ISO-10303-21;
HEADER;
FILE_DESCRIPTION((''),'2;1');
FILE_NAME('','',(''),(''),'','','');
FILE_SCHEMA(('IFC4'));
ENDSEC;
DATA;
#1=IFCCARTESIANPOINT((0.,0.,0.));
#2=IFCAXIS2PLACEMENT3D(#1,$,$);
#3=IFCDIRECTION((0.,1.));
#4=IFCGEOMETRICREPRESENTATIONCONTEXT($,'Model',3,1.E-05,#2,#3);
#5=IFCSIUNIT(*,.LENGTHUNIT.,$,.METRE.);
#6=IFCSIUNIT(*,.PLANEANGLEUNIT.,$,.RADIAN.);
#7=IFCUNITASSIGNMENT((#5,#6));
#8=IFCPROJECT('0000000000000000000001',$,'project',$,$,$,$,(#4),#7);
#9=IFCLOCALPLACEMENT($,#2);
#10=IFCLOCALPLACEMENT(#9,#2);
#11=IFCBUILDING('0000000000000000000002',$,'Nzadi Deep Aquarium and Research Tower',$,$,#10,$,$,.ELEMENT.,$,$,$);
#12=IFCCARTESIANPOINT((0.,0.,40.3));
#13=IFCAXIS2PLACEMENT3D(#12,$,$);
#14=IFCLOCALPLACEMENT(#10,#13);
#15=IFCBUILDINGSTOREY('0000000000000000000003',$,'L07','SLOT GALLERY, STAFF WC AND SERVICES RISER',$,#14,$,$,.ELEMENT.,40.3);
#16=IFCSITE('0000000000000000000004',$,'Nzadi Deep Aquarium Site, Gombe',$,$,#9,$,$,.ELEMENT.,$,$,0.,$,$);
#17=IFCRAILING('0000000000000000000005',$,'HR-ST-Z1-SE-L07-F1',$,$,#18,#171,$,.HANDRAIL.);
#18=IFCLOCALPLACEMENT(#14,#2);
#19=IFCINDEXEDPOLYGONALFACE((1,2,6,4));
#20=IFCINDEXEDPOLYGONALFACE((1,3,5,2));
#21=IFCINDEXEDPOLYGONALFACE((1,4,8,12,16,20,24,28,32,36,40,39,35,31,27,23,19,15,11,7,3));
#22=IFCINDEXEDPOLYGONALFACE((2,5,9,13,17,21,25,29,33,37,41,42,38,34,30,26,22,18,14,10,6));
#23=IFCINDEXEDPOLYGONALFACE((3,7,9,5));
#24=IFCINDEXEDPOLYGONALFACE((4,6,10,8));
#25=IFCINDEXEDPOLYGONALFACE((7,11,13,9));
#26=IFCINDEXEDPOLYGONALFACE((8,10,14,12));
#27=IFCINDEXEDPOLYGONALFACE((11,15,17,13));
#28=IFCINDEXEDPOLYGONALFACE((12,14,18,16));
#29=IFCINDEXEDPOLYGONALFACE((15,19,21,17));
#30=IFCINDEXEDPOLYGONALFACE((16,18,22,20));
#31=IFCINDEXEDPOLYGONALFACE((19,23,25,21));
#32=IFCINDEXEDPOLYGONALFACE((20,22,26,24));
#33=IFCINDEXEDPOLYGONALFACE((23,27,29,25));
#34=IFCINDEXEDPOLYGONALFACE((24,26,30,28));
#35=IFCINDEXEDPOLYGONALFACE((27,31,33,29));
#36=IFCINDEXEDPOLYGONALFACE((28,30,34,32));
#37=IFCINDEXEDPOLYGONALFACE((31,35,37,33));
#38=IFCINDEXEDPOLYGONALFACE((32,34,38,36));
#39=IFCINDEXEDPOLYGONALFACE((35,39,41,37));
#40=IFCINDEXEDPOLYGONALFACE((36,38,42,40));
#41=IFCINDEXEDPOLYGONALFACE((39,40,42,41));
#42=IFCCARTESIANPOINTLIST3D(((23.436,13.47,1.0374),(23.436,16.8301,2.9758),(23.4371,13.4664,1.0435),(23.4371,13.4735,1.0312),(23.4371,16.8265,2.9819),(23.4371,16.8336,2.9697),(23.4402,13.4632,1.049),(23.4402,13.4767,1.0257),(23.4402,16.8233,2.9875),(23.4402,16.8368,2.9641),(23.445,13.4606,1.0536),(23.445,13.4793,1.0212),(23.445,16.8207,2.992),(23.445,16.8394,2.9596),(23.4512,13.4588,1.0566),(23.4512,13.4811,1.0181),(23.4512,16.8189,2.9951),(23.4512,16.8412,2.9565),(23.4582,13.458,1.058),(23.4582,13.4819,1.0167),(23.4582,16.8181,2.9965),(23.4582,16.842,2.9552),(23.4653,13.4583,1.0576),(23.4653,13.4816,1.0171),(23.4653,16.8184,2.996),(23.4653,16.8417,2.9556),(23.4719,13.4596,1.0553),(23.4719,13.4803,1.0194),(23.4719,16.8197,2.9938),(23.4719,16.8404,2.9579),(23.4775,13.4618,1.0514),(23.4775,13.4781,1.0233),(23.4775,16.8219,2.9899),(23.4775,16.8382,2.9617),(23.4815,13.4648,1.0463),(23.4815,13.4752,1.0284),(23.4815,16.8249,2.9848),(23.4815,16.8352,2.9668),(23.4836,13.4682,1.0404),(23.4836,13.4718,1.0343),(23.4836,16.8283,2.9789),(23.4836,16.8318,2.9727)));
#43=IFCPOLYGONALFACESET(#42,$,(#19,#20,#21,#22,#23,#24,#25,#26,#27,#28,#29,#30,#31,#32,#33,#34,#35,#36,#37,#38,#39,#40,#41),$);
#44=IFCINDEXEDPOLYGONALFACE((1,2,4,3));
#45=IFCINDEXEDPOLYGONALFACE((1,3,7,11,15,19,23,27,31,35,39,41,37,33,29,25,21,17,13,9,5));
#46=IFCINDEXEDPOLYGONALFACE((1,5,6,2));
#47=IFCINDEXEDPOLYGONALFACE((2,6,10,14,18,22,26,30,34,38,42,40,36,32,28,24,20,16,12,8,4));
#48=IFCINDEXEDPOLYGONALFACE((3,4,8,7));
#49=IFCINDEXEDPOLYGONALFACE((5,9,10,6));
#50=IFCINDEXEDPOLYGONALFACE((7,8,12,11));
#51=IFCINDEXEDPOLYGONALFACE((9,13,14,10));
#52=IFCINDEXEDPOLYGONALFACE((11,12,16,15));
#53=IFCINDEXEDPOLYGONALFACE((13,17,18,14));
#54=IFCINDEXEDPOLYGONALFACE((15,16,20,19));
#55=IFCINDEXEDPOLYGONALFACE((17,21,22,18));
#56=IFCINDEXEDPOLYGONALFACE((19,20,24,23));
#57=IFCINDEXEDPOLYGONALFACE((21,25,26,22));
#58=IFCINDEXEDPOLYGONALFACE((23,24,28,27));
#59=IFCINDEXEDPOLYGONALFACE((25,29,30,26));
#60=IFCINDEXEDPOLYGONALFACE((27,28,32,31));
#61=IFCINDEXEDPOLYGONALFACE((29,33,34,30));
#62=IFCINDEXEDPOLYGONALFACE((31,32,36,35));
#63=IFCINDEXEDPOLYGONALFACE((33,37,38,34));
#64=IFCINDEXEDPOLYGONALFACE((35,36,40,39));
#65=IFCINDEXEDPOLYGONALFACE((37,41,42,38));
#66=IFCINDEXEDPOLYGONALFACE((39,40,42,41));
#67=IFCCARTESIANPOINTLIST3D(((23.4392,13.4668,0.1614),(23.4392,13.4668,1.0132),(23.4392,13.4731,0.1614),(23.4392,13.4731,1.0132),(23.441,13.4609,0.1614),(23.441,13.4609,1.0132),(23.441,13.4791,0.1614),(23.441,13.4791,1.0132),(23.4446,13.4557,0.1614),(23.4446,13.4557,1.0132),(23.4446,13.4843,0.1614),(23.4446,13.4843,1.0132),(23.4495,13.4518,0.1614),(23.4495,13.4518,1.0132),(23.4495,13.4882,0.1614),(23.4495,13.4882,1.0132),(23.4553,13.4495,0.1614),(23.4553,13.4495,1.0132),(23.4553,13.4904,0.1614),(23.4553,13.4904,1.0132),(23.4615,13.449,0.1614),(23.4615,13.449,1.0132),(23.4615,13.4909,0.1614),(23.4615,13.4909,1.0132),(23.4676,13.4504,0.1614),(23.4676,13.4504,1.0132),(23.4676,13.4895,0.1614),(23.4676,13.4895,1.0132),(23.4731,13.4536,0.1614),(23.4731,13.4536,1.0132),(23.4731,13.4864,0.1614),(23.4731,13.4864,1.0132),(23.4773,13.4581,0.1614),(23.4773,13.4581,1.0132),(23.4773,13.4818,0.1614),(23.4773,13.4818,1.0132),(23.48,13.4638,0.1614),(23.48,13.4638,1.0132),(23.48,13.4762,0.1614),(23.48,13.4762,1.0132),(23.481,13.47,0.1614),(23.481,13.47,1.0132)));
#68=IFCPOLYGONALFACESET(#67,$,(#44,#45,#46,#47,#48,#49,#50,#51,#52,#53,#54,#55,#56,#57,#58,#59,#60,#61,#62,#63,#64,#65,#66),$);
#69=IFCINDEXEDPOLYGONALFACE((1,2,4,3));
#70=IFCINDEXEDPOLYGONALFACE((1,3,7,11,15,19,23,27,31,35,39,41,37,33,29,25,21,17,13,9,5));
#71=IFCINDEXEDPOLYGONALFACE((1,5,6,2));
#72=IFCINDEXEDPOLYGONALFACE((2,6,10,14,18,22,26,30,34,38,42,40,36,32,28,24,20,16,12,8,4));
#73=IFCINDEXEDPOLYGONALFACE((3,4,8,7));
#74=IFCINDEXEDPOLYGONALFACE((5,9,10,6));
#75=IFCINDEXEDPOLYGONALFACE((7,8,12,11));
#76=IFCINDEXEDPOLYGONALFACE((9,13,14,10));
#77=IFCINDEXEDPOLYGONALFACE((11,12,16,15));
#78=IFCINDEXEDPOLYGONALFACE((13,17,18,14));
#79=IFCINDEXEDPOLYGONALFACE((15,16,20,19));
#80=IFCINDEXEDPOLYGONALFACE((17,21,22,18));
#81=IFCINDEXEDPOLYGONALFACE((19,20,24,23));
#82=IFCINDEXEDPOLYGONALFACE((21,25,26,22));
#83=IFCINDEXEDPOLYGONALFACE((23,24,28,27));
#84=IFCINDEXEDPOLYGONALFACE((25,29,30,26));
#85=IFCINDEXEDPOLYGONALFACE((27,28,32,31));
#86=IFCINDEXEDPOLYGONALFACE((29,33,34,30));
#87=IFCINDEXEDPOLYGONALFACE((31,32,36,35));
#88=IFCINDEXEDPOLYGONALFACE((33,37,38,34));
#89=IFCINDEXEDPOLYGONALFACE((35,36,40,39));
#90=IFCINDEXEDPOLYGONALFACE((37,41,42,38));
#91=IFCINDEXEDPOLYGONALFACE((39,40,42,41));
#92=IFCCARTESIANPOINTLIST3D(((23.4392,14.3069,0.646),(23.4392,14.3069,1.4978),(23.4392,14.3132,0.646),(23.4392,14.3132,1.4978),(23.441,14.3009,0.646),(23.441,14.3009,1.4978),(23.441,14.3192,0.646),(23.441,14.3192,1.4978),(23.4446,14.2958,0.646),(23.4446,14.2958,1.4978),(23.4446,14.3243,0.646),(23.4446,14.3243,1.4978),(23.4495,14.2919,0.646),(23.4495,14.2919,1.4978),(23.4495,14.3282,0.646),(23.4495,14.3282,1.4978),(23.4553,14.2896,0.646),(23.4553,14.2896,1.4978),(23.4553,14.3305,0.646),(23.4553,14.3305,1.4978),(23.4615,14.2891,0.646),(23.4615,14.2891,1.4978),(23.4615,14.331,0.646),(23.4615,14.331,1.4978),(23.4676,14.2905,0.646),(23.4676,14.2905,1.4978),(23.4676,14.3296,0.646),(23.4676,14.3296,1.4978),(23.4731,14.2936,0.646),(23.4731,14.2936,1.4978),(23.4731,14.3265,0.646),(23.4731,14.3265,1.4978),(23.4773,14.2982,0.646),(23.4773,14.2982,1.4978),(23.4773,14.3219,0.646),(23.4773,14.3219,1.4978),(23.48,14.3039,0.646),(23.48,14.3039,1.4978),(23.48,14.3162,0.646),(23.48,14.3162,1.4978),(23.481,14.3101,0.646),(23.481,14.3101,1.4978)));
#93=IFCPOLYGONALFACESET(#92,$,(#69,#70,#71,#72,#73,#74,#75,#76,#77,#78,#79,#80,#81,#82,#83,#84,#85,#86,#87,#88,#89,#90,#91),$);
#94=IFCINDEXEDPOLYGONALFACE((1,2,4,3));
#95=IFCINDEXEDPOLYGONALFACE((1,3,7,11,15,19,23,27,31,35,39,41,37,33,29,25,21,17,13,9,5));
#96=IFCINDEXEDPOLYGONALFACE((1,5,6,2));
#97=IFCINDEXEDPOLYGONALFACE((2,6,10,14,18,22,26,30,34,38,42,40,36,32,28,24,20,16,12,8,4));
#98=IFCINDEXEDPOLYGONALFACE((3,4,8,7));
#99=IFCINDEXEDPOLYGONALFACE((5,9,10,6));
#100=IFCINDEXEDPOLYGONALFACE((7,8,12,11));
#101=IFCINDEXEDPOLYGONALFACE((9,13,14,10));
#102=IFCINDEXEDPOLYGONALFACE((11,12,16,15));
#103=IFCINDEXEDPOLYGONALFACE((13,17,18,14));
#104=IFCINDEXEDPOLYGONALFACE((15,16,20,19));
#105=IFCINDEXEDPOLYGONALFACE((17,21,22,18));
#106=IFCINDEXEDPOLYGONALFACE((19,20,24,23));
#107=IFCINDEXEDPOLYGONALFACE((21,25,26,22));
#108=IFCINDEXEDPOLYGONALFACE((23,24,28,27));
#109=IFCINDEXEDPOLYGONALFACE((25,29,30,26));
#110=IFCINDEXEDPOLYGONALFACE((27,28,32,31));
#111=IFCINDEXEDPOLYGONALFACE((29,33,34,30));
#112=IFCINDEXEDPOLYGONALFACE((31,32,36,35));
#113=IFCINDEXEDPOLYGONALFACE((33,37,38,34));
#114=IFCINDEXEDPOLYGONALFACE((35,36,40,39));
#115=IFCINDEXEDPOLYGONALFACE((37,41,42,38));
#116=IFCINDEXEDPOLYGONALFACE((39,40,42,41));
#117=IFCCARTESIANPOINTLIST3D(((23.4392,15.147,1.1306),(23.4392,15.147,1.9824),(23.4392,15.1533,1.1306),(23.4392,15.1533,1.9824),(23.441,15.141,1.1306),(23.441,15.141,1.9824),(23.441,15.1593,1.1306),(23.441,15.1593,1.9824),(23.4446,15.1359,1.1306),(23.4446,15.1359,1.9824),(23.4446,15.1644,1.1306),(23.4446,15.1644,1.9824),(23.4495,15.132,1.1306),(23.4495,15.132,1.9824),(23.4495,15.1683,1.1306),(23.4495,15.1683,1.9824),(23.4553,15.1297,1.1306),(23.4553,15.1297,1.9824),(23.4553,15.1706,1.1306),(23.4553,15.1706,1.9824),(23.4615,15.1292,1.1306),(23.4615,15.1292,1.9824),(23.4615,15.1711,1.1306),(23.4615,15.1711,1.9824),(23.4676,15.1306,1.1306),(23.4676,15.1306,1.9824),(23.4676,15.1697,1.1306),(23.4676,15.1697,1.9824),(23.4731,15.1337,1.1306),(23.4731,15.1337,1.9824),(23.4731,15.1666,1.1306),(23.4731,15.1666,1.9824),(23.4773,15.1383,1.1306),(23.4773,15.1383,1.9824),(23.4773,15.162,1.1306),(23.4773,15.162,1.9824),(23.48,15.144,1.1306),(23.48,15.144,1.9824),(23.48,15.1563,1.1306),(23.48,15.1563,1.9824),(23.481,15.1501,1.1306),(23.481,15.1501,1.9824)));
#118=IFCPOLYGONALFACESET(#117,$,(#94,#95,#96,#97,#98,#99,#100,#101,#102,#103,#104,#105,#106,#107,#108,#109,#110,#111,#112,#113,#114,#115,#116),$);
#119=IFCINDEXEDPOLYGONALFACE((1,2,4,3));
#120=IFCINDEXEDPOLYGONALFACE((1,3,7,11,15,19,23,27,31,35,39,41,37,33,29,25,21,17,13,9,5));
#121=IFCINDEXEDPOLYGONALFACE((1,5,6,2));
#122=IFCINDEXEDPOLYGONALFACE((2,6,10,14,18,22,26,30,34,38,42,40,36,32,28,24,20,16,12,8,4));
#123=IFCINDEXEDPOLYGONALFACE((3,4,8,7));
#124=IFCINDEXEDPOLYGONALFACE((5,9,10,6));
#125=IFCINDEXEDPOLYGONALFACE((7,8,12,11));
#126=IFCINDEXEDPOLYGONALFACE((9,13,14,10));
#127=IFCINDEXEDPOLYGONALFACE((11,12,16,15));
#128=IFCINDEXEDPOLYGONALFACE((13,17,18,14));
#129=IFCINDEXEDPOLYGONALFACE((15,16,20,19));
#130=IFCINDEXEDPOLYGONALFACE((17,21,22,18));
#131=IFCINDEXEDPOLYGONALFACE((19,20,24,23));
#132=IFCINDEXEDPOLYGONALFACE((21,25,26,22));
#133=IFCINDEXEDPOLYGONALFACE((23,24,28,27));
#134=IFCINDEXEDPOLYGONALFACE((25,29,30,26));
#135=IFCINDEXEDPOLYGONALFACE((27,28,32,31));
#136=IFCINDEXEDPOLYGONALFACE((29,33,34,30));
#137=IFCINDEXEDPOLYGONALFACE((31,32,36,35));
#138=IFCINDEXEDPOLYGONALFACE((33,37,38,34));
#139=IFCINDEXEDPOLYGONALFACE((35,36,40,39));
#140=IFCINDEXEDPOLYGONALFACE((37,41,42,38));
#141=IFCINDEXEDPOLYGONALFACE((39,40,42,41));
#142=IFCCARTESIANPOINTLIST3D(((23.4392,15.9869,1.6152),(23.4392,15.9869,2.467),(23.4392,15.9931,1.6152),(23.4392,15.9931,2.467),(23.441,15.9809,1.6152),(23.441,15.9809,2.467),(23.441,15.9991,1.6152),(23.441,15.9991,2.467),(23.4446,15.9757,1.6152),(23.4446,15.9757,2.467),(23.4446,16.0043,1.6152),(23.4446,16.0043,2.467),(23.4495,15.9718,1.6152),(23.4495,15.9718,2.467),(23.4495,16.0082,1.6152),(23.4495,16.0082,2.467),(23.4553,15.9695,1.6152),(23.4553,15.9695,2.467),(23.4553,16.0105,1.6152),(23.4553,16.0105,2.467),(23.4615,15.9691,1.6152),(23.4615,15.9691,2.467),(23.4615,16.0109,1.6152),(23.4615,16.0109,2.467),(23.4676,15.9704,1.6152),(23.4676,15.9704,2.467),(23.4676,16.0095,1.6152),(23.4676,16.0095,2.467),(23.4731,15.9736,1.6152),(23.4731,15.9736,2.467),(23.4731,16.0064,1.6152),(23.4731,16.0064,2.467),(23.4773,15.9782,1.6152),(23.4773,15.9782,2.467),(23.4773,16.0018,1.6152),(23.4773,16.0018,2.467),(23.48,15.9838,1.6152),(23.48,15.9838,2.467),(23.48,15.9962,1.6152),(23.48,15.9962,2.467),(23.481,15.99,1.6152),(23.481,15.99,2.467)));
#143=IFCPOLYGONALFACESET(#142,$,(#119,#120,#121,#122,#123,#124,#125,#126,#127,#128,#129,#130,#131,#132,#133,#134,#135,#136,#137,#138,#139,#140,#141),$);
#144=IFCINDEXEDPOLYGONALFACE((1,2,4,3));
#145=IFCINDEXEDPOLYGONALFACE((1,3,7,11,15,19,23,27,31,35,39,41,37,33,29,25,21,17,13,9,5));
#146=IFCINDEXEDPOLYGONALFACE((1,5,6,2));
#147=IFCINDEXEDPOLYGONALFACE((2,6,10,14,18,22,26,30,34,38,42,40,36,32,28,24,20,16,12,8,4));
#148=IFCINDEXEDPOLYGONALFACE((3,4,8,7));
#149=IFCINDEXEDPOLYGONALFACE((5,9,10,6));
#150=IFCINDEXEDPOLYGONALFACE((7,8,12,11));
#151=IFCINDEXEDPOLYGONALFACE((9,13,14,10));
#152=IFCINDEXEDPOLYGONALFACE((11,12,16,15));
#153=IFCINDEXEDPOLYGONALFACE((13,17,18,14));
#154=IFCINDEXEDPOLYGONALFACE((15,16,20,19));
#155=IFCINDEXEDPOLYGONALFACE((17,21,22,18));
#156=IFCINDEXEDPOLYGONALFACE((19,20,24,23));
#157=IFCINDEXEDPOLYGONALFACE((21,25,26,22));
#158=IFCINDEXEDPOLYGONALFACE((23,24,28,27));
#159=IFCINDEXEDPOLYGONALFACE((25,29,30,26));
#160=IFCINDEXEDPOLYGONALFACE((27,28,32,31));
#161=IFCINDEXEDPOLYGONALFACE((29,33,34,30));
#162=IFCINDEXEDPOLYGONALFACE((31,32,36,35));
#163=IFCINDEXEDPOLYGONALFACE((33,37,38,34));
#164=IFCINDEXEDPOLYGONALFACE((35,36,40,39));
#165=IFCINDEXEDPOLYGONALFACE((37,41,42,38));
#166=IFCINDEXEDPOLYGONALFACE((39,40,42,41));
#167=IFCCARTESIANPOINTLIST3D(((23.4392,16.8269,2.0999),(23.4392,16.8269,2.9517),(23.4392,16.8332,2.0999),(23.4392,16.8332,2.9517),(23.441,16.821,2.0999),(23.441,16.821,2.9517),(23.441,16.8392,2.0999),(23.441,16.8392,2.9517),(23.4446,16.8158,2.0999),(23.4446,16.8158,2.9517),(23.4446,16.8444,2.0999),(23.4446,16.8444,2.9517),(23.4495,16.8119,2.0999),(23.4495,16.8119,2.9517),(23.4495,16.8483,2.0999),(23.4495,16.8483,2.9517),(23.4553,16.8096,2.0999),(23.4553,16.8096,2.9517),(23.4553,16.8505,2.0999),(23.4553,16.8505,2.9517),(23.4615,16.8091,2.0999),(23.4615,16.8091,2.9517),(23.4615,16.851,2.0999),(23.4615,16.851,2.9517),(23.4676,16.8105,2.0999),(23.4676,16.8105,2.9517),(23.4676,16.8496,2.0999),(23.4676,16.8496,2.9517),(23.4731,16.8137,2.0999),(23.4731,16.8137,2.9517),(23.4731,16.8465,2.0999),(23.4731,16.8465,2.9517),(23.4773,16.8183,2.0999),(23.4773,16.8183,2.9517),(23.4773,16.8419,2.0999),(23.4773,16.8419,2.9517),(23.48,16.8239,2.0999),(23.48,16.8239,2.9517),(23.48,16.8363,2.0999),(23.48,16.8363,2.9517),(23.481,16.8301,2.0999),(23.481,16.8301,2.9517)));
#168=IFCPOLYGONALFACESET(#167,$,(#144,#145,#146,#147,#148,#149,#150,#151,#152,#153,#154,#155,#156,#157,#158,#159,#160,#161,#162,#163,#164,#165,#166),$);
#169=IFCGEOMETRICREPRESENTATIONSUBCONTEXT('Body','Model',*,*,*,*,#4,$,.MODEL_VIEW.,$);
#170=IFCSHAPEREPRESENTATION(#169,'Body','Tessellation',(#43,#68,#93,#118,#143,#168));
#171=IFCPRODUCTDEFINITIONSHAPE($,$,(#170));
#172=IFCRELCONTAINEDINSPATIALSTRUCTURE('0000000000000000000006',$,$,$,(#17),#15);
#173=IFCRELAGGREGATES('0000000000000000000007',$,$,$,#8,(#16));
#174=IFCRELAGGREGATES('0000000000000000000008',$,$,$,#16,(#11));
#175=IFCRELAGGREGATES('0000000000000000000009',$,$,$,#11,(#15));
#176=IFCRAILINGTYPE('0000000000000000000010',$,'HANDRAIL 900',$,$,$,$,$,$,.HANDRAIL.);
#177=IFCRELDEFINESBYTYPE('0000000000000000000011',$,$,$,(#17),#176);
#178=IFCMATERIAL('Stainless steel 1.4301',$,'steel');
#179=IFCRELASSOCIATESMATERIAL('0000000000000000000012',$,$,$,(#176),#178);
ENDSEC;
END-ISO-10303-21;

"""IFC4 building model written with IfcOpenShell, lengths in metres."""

from ifc_helpers import new_model, si_unit, direction, frame, origin, origin_2d, place, context, subcontext, project, spatial, circle, extrude, material, type_object, element, save


model = new_model("IFC4")

# Units and contexts
model_context = context("Model", 3, precision=1e-05, world=origin(), true_north=direction((0.0, 1.0)))
body_context = subcontext(model_context, "Body", "Model", "MODEL_VIEW")
ifc_project = project(units=[si_unit("LENGTHUNIT", "METRE"), si_unit("PLANEANGLEUNIT", "RADIAN")], contexts=[model_context])

# Site, building, storey
site_placement = place(None, origin())
site = spatial("IfcSite", under=ifc_project, at=site_placement, Name="Nzadi Deep Aquarium Site, Gombe", CompositionType="ELEMENT", RefElevation=0.0)
building_placement = place(site_placement, origin())
building = spatial("IfcBuilding", under=site, at=building_placement, Name="Nzadi Deep Aquarium and Research Tower", CompositionType="ELEMENT")
storey_placement = place(building_placement, frame((0.0, 0.0, 40.3)))
storey = spatial("IfcBuildingStorey", under=building, at=storey_placement, Name="L07", Description="SLOT GALLERY, STAFF WC AND SERVICES RISER", CompositionType="ELEMENT", Elevation=40.3)

# Railing
ifc_material_1 = material(Name="Stainless steel 1.4301", Category="steel")
railing_type = type_object("IfcRailingType", Name="HANDRAIL 900", PredefinedType="HANDRAIL", material=ifc_material_1)
for number, where, name in (
    (1, (23.46, 13.47, 0.1614), "HR-ST-Z1-SE-L07-F1"),
):
    element("IfcRailing", number, at=place(storey_placement, frame(where)), inside=storey, type_object=railing_type, Name=name, PredefinedType="HANDRAIL", context=body_context, shape_type="SweptSolid", body=[
        extrude(circle(Radius=0.0239, at=origin_2d()), frame((0.0, 0.0, 0.876), z_axis=(0.0, 0.866191, 0.499713), x_axis=(-1.0, 0.0, 0.0)), (0.0, 0.0, 1.0), 3.8792),
        extrude(circle(Radius=0.021, at=origin_2d()), origin(), (0.0, 0.0, 1.0), 0.8518),
        extrude(circle(Radius=0.021, at=origin_2d()), frame((0.0, 0.8401, 0.4846)), (0.0, 0.0, 1.0), 0.8518),
        extrude(circle(Radius=0.021, at=origin_2d()), frame((0.0, 1.6802, 0.9692)), (0.0, 0.0, 1.0), 0.8518),
        extrude(circle(Radius=0.021, at=origin_2d()), frame((0.0, 2.52, 1.4539)), (0.0, 0.0, 1.0), 0.8518),
        extrude(circle(Radius=0.021, at=origin_2d()), frame((0.0, 3.3601, 1.9385)), (0.0, 0.0, 1.0), 0.8518),
    ])

save(model, "model.ifc")
